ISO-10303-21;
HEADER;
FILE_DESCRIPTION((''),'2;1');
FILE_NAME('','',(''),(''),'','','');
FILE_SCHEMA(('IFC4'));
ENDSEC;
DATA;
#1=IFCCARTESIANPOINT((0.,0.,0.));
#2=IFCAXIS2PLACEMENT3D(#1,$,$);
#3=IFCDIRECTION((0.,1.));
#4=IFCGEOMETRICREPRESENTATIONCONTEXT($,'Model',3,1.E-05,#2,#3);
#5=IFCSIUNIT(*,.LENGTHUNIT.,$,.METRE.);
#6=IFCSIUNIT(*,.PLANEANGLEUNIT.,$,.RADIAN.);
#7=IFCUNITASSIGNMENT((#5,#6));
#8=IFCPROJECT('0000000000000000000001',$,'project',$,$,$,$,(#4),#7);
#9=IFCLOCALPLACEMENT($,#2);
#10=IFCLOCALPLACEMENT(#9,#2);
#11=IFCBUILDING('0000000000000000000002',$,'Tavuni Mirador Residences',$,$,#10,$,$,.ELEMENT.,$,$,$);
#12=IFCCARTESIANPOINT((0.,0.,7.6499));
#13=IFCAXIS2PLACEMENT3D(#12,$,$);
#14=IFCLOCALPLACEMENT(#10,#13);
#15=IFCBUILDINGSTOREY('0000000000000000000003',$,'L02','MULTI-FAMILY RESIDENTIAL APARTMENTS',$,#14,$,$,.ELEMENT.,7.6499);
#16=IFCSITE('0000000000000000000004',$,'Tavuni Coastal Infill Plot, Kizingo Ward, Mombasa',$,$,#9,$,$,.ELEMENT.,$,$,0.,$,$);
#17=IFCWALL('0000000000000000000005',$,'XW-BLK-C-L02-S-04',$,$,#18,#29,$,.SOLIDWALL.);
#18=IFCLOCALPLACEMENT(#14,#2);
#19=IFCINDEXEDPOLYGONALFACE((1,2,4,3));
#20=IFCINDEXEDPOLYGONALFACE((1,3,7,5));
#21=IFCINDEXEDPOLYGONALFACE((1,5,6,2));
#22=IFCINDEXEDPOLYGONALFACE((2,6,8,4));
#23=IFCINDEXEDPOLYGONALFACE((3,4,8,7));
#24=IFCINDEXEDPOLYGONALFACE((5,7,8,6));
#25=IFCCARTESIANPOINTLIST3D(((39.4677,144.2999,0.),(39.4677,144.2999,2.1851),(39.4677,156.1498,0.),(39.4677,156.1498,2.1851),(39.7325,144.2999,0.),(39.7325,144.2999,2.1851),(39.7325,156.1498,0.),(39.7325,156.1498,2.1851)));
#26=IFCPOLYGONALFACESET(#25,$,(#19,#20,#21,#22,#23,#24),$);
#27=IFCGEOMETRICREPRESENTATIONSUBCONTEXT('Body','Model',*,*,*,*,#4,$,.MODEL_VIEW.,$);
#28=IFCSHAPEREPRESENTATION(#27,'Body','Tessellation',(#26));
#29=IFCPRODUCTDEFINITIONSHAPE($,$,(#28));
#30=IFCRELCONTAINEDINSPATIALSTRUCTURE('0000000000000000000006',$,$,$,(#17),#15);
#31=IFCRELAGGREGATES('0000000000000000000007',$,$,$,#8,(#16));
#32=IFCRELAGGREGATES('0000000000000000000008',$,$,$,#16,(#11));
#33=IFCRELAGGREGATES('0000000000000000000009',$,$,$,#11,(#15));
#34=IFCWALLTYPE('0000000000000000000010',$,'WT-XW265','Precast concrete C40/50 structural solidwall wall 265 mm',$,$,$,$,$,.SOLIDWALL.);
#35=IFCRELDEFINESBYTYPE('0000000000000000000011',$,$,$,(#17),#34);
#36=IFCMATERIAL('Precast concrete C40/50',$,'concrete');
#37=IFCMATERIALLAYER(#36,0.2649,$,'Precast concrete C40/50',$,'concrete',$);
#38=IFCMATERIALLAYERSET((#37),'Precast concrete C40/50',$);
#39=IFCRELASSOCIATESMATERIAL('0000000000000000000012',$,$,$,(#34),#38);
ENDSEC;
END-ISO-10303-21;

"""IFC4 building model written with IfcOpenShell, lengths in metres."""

from ifc_helpers import new_model, si_unit, direction, frame, frame_2d, origin, place, context, subcontext, project, spatial, rectangle, extrude, material, layer, layer_set, type_object, element, save


model = new_model("IFC4")

# Units and contexts
model_context = context("Model", 3, precision=1e-05, world=origin(), true_north=direction((0.0, 1.0)))
body_context = subcontext(model_context, "Body", "Model", "MODEL_VIEW")
ifc_project = project(units=[si_unit("LENGTHUNIT", "METRE"), si_unit("PLANEANGLEUNIT", "RADIAN")], contexts=[model_context])

# Site, building, storey
site_placement = place(None, origin())
site = spatial("IfcSite", under=ifc_project, at=site_placement, Name="Tavuni Coastal Infill Plot, Kizingo Ward, Mombasa", CompositionType="ELEMENT", RefElevation=0.0)
building_placement = place(site_placement, origin())
building = spatial("IfcBuilding", under=site, at=building_placement, Name="Tavuni Mirador Residences", CompositionType="ELEMENT")
storey_placement = place(building_placement, frame((0.0, 0.0, 7.6499)))
storey = spatial("IfcBuildingStorey", under=building, at=storey_placement, Name="L02", Description="MULTI-FAMILY RESIDENTIAL APARTMENTS", CompositionType="ELEMENT", Elevation=7.6499)

# Shared definitions
ifc_material_1 = material(Name="Precast concrete C40/50", Category="concrete")

# Wall
ifc_layer_1 = layer(ifc_material_1, 0.2649, Name="Precast concrete C40/50", Category="concrete")
ifc_layer_set_1 = layer_set([ifc_layer_1], Name="Precast concrete C40/50")
wall_type_1 = type_object("IfcWallType", Name="WT-XW265", Description="Precast concrete C40/50 structural solidwall wall 265 mm", PredefinedType="SOLIDWALL", material=ifc_layer_set_1)
wall_1_placement = place(storey_placement, frame((39.6001, 144.3, 0.0), z_axis=(0.0, 0.0, 1.0), x_axis=(0.0, 1.0, 0.0)))
element("IfcWall", 1, at=wall_1_placement, inside=storey, type_object=wall_type_1, Name="XW-BLK-C-L02-S-04", PredefinedType="SOLIDWALL", context=body_context, shape_type="SweptSolid", body=[
    extrude(rectangle(XDim=11.8499, YDim=0.2649, at=frame_2d((5.9248, 0.0))), origin(), (0.0, 0.0, 1.0), 2.1851),
])

save(model, "model.ifc")
